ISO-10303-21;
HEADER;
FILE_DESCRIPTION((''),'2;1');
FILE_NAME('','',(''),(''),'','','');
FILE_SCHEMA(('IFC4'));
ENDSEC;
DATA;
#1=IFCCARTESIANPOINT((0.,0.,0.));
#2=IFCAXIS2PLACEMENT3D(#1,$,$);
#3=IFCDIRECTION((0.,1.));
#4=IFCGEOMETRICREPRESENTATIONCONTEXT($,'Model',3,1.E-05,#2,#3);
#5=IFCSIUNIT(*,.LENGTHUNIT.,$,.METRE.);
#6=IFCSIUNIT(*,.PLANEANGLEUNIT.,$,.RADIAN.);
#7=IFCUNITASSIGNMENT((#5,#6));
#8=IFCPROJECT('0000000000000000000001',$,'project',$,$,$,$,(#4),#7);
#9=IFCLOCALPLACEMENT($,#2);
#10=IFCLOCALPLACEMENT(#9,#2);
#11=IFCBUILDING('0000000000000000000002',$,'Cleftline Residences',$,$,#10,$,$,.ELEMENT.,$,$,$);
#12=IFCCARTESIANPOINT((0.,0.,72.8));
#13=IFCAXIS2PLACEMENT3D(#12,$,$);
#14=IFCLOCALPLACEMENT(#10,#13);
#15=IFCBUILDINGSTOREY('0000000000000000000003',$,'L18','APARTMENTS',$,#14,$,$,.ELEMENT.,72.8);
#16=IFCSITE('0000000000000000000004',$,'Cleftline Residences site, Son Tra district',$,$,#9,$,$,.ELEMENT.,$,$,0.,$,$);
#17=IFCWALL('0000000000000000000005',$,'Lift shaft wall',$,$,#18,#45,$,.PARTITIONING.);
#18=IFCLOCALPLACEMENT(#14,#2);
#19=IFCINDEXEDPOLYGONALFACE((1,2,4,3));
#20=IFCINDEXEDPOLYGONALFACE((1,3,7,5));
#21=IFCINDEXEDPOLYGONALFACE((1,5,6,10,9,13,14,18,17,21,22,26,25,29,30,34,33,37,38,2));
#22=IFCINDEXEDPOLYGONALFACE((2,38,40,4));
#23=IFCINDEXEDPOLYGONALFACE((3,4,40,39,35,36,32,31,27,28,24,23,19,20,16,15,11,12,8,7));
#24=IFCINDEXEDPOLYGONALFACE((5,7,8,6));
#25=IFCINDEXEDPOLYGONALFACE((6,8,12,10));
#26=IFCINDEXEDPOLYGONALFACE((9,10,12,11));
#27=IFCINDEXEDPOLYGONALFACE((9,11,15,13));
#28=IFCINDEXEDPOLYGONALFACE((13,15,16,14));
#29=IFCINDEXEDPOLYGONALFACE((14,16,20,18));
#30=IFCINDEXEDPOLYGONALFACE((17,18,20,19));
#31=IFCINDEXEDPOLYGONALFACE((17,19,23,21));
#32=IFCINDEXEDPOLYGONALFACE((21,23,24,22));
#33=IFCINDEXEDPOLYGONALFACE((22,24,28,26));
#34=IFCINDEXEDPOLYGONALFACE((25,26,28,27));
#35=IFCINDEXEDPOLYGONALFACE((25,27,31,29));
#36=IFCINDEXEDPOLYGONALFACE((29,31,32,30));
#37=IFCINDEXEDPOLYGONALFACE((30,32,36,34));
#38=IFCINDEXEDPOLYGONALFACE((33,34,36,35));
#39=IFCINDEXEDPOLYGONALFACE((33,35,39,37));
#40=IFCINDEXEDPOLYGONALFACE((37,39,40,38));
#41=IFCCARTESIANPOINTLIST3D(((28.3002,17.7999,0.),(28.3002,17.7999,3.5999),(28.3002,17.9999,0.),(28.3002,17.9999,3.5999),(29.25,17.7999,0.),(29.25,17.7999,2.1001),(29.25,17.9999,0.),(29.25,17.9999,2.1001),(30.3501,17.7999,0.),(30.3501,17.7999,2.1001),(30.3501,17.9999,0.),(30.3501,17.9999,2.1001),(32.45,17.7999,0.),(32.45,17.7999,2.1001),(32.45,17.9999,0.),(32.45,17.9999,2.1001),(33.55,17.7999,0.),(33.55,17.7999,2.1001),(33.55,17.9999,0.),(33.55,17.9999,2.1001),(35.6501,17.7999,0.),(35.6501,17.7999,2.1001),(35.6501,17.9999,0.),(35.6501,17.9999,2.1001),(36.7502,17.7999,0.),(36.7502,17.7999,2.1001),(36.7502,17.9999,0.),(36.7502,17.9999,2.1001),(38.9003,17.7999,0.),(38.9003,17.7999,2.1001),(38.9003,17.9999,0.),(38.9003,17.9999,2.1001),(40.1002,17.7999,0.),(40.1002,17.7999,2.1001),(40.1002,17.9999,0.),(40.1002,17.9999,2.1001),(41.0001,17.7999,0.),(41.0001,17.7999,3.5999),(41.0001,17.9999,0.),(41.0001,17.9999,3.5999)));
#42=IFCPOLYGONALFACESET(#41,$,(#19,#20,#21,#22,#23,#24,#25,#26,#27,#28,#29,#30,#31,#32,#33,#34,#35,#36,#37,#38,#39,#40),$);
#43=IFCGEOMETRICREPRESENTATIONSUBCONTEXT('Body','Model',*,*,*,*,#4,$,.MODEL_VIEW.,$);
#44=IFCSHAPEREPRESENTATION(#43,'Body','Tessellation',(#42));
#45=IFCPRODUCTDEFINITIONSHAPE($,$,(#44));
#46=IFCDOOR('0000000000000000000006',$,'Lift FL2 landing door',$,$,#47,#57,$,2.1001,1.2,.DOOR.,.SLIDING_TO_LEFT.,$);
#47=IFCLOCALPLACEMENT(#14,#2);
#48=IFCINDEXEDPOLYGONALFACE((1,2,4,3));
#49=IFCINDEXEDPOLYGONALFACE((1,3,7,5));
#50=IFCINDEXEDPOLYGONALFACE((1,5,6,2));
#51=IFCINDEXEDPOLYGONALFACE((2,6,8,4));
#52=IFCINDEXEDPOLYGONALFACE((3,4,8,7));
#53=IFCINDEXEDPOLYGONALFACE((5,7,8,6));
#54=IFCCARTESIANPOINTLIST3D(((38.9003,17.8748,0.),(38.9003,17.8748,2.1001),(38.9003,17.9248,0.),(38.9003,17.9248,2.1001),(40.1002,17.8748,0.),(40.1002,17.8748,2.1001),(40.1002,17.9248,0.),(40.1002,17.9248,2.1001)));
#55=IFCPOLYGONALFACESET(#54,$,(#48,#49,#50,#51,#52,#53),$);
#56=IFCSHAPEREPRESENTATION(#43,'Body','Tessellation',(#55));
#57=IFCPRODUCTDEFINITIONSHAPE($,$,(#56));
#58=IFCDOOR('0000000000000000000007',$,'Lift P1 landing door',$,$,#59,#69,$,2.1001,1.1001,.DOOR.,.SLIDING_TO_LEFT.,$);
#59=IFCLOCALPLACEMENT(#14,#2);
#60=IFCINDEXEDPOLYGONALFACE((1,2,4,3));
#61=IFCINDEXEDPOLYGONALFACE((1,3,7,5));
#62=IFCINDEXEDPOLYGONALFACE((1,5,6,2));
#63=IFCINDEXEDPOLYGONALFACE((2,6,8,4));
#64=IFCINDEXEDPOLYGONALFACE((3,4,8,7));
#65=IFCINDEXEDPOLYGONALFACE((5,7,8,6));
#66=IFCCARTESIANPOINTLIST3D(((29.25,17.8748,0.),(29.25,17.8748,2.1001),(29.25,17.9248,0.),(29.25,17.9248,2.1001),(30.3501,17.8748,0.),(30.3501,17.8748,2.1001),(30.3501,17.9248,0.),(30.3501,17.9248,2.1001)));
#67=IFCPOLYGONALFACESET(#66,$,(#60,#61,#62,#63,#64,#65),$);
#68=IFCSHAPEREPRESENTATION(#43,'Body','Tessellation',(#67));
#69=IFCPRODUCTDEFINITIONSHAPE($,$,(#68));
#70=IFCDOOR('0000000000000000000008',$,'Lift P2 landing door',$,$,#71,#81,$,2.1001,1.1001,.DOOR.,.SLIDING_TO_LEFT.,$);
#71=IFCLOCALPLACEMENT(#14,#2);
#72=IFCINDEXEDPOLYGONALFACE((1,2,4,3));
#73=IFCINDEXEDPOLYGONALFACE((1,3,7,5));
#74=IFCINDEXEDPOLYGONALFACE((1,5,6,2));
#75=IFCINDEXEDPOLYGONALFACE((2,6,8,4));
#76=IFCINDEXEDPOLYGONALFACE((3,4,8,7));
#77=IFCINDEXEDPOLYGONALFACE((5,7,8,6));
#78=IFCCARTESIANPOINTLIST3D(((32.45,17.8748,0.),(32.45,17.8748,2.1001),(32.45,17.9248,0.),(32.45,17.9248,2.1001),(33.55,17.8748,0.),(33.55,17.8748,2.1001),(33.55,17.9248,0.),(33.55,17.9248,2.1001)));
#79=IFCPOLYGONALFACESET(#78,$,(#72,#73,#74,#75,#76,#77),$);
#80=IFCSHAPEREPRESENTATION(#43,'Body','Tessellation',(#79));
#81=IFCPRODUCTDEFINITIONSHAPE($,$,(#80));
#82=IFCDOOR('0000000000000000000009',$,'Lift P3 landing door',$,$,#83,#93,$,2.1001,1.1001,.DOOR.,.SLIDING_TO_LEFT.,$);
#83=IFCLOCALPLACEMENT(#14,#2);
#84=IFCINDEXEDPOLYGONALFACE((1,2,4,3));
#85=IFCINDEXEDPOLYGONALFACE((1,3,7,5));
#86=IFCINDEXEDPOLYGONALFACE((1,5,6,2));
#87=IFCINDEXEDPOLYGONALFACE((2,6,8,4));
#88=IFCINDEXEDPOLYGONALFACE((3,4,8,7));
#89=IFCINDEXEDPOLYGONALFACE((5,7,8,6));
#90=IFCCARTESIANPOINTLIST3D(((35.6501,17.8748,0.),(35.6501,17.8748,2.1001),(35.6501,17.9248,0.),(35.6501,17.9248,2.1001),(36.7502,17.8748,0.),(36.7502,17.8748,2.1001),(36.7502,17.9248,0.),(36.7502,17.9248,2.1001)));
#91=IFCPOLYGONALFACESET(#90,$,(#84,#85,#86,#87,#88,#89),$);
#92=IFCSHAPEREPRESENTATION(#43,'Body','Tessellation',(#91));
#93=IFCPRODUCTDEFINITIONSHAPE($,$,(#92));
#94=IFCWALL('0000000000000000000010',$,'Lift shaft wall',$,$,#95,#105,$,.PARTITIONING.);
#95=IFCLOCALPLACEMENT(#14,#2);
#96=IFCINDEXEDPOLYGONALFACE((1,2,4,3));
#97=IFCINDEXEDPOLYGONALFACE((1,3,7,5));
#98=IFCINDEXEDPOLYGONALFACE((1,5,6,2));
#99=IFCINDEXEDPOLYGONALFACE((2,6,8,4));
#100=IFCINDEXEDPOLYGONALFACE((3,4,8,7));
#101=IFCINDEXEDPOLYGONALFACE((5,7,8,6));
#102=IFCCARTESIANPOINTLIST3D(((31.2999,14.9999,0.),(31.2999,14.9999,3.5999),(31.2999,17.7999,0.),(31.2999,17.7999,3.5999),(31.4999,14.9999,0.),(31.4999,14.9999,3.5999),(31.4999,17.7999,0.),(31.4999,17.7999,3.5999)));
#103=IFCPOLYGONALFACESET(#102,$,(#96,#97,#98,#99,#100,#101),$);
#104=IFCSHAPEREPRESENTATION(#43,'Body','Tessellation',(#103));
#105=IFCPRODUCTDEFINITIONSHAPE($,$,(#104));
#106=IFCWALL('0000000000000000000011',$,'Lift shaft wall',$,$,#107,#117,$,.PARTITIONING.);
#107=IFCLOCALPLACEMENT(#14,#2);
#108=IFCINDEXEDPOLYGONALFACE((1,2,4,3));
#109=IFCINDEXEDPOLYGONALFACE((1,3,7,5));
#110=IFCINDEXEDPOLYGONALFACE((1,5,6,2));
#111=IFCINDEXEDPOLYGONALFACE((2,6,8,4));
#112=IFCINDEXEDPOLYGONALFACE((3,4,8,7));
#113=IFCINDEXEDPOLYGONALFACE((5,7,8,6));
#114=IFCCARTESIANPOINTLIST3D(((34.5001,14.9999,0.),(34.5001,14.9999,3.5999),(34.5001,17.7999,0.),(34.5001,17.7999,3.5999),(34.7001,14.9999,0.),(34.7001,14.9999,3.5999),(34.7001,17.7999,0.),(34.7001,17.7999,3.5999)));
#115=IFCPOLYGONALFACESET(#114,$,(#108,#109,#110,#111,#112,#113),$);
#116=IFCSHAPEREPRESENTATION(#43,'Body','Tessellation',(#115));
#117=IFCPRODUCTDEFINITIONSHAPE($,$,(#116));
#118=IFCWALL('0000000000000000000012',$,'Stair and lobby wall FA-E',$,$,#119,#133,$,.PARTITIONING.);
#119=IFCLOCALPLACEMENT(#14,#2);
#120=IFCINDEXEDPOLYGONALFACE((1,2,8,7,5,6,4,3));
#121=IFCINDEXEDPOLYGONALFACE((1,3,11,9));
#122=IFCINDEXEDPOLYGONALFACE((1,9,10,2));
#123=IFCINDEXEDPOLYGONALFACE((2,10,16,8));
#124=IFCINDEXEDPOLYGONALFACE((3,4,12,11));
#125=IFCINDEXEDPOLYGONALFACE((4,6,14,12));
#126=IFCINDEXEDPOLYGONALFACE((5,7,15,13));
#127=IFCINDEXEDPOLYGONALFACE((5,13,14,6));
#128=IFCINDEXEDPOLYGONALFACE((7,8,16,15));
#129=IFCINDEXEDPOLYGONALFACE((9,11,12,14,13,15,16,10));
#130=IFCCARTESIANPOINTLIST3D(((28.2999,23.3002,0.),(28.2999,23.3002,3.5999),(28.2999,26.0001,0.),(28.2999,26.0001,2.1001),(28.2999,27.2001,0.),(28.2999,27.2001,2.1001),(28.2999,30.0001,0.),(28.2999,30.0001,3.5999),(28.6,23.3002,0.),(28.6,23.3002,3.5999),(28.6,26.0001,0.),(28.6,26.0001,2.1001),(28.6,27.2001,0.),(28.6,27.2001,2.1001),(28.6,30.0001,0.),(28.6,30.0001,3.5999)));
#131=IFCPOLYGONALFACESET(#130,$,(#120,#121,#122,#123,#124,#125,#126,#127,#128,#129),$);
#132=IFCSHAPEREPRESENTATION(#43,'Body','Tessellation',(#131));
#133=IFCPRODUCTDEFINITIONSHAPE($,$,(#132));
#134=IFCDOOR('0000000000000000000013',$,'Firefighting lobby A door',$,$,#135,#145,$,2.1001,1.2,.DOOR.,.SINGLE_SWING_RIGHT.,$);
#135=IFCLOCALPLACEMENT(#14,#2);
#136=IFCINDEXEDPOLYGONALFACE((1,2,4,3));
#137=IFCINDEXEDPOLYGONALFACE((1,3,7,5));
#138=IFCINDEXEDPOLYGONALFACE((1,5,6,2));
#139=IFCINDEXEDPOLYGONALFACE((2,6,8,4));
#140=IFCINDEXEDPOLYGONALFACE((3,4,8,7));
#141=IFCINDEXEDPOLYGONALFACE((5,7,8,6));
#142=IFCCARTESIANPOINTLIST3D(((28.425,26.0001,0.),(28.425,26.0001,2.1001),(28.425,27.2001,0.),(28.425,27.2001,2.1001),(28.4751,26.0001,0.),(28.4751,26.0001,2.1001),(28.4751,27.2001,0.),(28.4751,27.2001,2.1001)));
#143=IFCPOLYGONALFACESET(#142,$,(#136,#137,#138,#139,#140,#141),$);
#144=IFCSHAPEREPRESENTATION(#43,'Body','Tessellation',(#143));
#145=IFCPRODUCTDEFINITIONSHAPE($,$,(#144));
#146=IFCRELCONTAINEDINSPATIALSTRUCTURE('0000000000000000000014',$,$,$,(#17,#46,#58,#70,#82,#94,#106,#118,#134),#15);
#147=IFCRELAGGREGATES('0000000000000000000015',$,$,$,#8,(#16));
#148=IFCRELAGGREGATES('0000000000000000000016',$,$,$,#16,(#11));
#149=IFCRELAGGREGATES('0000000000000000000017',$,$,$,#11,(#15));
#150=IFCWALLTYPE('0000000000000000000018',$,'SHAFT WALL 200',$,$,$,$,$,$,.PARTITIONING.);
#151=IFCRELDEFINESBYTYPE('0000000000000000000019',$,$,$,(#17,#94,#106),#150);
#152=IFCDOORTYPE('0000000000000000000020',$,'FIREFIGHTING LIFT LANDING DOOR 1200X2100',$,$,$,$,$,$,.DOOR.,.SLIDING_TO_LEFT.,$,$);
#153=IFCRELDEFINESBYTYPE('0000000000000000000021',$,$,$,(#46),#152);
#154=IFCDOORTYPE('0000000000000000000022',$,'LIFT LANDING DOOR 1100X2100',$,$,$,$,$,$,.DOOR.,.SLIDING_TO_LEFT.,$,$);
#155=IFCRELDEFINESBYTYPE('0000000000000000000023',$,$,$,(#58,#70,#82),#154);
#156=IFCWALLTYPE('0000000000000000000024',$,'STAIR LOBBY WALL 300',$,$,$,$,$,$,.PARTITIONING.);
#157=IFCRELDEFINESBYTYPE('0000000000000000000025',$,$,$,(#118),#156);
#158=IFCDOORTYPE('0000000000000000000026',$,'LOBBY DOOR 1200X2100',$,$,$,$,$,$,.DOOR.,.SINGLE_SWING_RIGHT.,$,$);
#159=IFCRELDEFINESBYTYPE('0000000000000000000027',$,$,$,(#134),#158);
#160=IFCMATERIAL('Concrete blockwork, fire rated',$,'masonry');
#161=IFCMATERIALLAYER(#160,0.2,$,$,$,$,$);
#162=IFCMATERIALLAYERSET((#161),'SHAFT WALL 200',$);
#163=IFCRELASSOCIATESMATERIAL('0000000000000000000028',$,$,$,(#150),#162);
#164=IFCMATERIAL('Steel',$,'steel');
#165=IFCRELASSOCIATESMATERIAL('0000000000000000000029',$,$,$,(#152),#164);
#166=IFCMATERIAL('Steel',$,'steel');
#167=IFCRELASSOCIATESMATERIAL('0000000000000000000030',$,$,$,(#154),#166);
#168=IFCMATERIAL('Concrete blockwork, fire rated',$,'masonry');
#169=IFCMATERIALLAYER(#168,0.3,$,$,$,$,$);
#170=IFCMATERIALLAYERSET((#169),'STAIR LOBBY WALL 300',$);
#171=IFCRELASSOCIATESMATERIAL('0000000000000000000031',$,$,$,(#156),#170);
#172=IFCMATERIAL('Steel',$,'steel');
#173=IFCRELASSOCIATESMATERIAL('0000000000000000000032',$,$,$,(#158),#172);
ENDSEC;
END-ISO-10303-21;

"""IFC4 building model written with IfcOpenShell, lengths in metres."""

from ifc_helpers import new_model, si_unit, direction, frame, frame_2d, origin, place, context, subcontext, project, spatial, rectangle, extrude, material, layer, layer_set, type_object, element, fill, save


model = new_model("IFC4")

# Units and contexts
model_context = context("Model", 3, precision=1e-05, world=origin(), true_north=direction((0.0, 1.0)))
body_context = subcontext(model_context, "Body", "Model", "MODEL_VIEW")
ifc_project = project(units=[si_unit("LENGTHUNIT", "METRE"), si_unit("PLANEANGLEUNIT", "RADIAN")], contexts=[model_context])

# Site, building, storey
site_placement = place(None, origin())
site = spatial("IfcSite", under=ifc_project, at=site_placement, Name="Cleftline Residences site, Son Tra district", CompositionType="ELEMENT", RefElevation=0.0)
building_placement = place(site_placement, origin())
building = spatial("IfcBuilding", under=site, at=building_placement, Name="Cleftline Residences", CompositionType="ELEMENT")
storey_placement = place(building_placement, frame((0.0, 0.0, 72.8)))
storey = spatial("IfcBuildingStorey", under=building, at=storey_placement, Name="L18", Description="APARTMENTS", CompositionType="ELEMENT", Elevation=72.8)

# Wall, openings, doors
ifc_material_1 = material(Name="Concrete blockwork, fire rated", Category="masonry")
ifc_layer_1 = layer(ifc_material_1, 0.2)
ifc_layer_set_1 = layer_set([ifc_layer_1], Name="SHAFT WALL 200")
wall_type_1 = type_object("IfcWallType", Name="SHAFT WALL 200", PredefinedType="PARTITIONING", material=ifc_layer_set_1)
wall_1_placement = place(storey_placement, frame((28.3, 17.8999, 0.0), z_axis=(0.0, 0.0, 1.0), x_axis=(1.0, 0.0, 0.0)))
wall_1 = element("IfcWall", 1, at=wall_1_placement, inside=storey, type_object=wall_type_1, Name="Lift shaft wall", PredefinedType="PARTITIONING", context=body_context, shape_type="SweptSolid", body=[
    extrude(rectangle(XDim=12.7, YDim=0.2, at=frame_2d((6.3501, 0.0))), origin(), (0.0, 0.0, 1.0), 3.5999),
])
opening_1_placement = place(wall_1_placement, frame((0.95, 0.0, 0.0)))
opening_1 = element("IfcOpeningElement", 2, at=opening_1_placement, cuts=wall_1, PredefinedType="OPENING", context=body_context, shape_type="SweptSolid", body=[
    extrude(rectangle(XDim=1.1001, YDim=2.1001, at=frame_2d((0.55, 1.05))), frame((0.0, 0.1099, 0.0), z_axis=(0.0, -1.0, 0.0), x_axis=(1.0, 0.0, 0.0)), (0.0, 0.0, 1.0), 0.22),
])
opening_2_placement = place(wall_1_placement, frame((4.1499, 0.0, 0.0)))
opening_2 = element("IfcOpeningElement", 3, at=opening_2_placement, cuts=wall_1, PredefinedType="OPENING", context=body_context, shape_type="SweptSolid", body=[
    extrude(rectangle(XDim=1.1001, YDim=2.1001, at=frame_2d((0.55, 1.05))), frame((0.0, 0.1099, 0.0), z_axis=(0.0, -1.0, 0.0), x_axis=(1.0, 0.0, 0.0)), (0.0, 0.0, 1.0), 0.22),
])
opening_3_placement = place(wall_1_placement, frame((7.3501, 0.0, 0.0)))
opening_3 = element("IfcOpeningElement", 4, at=opening_3_placement, cuts=wall_1, PredefinedType="OPENING", context=body_context, shape_type="SweptSolid", body=[
    extrude(rectangle(XDim=1.1001, YDim=2.1001, at=frame_2d((0.55, 1.05))), frame((0.0, 0.1099, 0.0), z_axis=(0.0, -1.0, 0.0), x_axis=(1.0, 0.0, 0.0)), (0.0, 0.0, 1.0), 0.22),
])
opening_4_placement = place(wall_1_placement, frame((10.6001, 0.0, 0.0)))
opening_4 = element("IfcOpeningElement", 5, at=opening_4_placement, cuts=wall_1, PredefinedType="OPENING", context=body_context, shape_type="SweptSolid", body=[
    extrude(rectangle(XDim=1.2, YDim=2.1001, at=frame_2d((0.6001, 1.05))), frame((0.0, 0.1099, 0.0), z_axis=(0.0, -1.0, 0.0), x_axis=(1.0, 0.0, 0.0)), (0.0, 0.0, 1.0), 0.22),
])
ifc_material_2 = material(Name="Steel", Category="steel")
door_type_1 = type_object("IfcDoorType", Name="FIREFIGHTING LIFT LANDING DOOR 1200X2100", OperationType="SLIDING_TO_LEFT", PredefinedType="DOOR", material=ifc_material_2)
door_1_placement = place(opening_4_placement, origin())
door_1 = element("IfcDoor", 6, at=door_1_placement, inside=storey, type_object=door_type_1, Name="Lift FL2 landing door", OperationType="SLIDING_TO_LEFT", OverallHeight=2.1001, OverallWidth=1.2, PredefinedType="DOOR", context=body_context, shape_type="SweptSolid", body=[
    extrude(rectangle(XDim=1.2, YDim=2.1001, at=frame_2d((0.6001, 1.05))), frame((0.0, 0.0249, 0.0), z_axis=(0.0, -1.0, 0.0), x_axis=(1.0, 0.0, 0.0)), (0.0, 0.0, 1.0), 0.05),
])
fill(opening_4, door_1)
ifc_material_3 = material(Name="Steel", Category="steel")
door_type_2 = type_object("IfcDoorType", Name="LIFT LANDING DOOR 1100X2100", OperationType="SLIDING_TO_LEFT", PredefinedType="DOOR", material=ifc_material_3)
door_2_placement = place(opening_1_placement, origin())
door_2 = element("IfcDoor", 7, at=door_2_placement, inside=storey, type_object=door_type_2, Name="Lift P1 landing door", OperationType="SLIDING_TO_LEFT", OverallHeight=2.1001, OverallWidth=1.1001, PredefinedType="DOOR", context=body_context, shape_type="SweptSolid", body=[
    extrude(rectangle(XDim=1.1001, YDim=2.1001, at=frame_2d((0.55, 1.05))), frame((0.0, 0.0249, 0.0), z_axis=(0.0, -1.0, 0.0), x_axis=(1.0, 0.0, 0.0)), (0.0, 0.0, 1.0), 0.05),
])
fill(opening_1, door_2)
door_3_placement = place(opening_2_placement, origin())
door_3 = element("IfcDoor", 8, at=door_3_placement, inside=storey, type_object=door_type_2, Name="Lift P2 landing door", OperationType="SLIDING_TO_LEFT", OverallHeight=2.1001, OverallWidth=1.1001, PredefinedType="DOOR", context=body_context, shape_type="SweptSolid", body=[
    extrude(rectangle(XDim=1.1001, YDim=2.1001, at=frame_2d((0.55, 1.05))), frame((0.0, 0.0249, 0.0), z_axis=(0.0, -1.0, 0.0), x_axis=(1.0, 0.0, 0.0)), (0.0, 0.0, 1.0), 0.05),
])
fill(opening_2, door_3)
door_4_placement = place(opening_3_placement, origin())
door_4 = element("IfcDoor", 9, at=door_4_placement, inside=storey, type_object=door_type_2, Name="Lift P3 landing door", OperationType="SLIDING_TO_LEFT", OverallHeight=2.1001, OverallWidth=1.1001, PredefinedType="DOOR", context=body_context, shape_type="SweptSolid", body=[
    extrude(rectangle(XDim=1.1001, YDim=2.1001, at=frame_2d((0.55, 1.05))), frame((0.0, 0.0249, 0.0), z_axis=(0.0, -1.0, 0.0), x_axis=(1.0, 0.0, 0.0)), (0.0, 0.0, 1.0), 0.05),
])
fill(opening_3, door_4)

# Walls
for number, where, z_axis, x_axis, name in (
    (10, (31.3999, 15.0, 0.0), (0.0, 0.0, 1.0), (0.0, 1.0, 0.0), "Lift shaft wall"),
    (11, (34.6001, 15.0, 0.0), (0.0, 0.0, 1.0), (0.0, 1.0, 0.0), "Lift shaft wall"),
):
    element("IfcWall", number, at=place(storey_placement, frame(where, z_axis=z_axis, x_axis=x_axis)), inside=storey, type_object=wall_type_1, Name=name, PredefinedType="PARTITIONING", context=body_context, shape_type="SweptSolid", body=[
        extrude(rectangle(XDim=2.8, YDim=0.2, at=frame_2d((1.3999, 0.0))), origin(), (0.0, 0.0, 1.0), 3.5999),
    ])

# Wall, opening, door
ifc_material_4 = material(Name="Concrete blockwork, fire rated", Category="masonry")
ifc_layer_2 = layer(ifc_material_4, 0.3)
ifc_layer_set_2 = layer_set([ifc_layer_2], Name="STAIR LOBBY WALL 300")
wall_type_2 = type_object("IfcWallType", Name="STAIR LOBBY WALL 300", PredefinedType="PARTITIONING", material=ifc_layer_set_2)
wall_2_placement = place(storey_placement, frame((28.45, 23.3, 0.0), z_axis=(0.0, 0.0, 1.0), x_axis=(0.0, 1.0, 0.0)))
wall_2 = element("IfcWall", 12, at=wall_2_placement, inside=storey, type_object=wall_type_2, Name="Stair and lobby wall FA-E", PredefinedType="PARTITIONING", context=body_context, shape_type="SweptSolid", body=[
    extrude(rectangle(XDim=6.7, YDim=0.3, at=frame_2d((3.3501, 0.0))), origin(), (0.0, 0.0, 1.0), 3.5999),
])
opening_5_placement = place(wall_2_placement, frame((2.7, 0.0, 0.0)))
opening_5 = element("IfcOpeningElement", 13, at=opening_5_placement, cuts=wall_2, PredefinedType="OPENING", context=body_context, shape_type="SweptSolid", body=[
    extrude(rectangle(XDim=1.2, YDim=2.1001, at=frame_2d((0.6001, 1.05))), frame((0.0, 0.1599, 0.0), z_axis=(0.0, -1.0, 0.0), x_axis=(1.0, 0.0, 0.0)), (0.0, 0.0, 1.0), 0.3201),
])
ifc_material_5 = material(Name="Steel", Category="steel")
door_type_3 = type_object("IfcDoorType", Name="LOBBY DOOR 1200X2100", OperationType="SINGLE_SWING_RIGHT", PredefinedType="DOOR", material=ifc_material_5)
door_5_placement = place(opening_5_placement, origin())
door_5 = element("IfcDoor", 14, at=door_5_placement, inside=storey, type_object=door_type_3, Name="Firefighting lobby A door", OperationType="SINGLE_SWING_RIGHT", OverallHeight=2.1001, OverallWidth=1.2, PredefinedType="DOOR", context=body_context, shape_type="SweptSolid", body=[
    extrude(rectangle(XDim=1.2, YDim=2.1001, at=frame_2d((0.6001, 1.05))), frame((0.0, 0.0249, 0.0), z_axis=(0.0, -1.0, 0.0), x_axis=(1.0, 0.0, 0.0)), (0.0, 0.0, 1.0), 0.05),
])
fill(opening_5, door_5)

save(model, "model.ifc")
